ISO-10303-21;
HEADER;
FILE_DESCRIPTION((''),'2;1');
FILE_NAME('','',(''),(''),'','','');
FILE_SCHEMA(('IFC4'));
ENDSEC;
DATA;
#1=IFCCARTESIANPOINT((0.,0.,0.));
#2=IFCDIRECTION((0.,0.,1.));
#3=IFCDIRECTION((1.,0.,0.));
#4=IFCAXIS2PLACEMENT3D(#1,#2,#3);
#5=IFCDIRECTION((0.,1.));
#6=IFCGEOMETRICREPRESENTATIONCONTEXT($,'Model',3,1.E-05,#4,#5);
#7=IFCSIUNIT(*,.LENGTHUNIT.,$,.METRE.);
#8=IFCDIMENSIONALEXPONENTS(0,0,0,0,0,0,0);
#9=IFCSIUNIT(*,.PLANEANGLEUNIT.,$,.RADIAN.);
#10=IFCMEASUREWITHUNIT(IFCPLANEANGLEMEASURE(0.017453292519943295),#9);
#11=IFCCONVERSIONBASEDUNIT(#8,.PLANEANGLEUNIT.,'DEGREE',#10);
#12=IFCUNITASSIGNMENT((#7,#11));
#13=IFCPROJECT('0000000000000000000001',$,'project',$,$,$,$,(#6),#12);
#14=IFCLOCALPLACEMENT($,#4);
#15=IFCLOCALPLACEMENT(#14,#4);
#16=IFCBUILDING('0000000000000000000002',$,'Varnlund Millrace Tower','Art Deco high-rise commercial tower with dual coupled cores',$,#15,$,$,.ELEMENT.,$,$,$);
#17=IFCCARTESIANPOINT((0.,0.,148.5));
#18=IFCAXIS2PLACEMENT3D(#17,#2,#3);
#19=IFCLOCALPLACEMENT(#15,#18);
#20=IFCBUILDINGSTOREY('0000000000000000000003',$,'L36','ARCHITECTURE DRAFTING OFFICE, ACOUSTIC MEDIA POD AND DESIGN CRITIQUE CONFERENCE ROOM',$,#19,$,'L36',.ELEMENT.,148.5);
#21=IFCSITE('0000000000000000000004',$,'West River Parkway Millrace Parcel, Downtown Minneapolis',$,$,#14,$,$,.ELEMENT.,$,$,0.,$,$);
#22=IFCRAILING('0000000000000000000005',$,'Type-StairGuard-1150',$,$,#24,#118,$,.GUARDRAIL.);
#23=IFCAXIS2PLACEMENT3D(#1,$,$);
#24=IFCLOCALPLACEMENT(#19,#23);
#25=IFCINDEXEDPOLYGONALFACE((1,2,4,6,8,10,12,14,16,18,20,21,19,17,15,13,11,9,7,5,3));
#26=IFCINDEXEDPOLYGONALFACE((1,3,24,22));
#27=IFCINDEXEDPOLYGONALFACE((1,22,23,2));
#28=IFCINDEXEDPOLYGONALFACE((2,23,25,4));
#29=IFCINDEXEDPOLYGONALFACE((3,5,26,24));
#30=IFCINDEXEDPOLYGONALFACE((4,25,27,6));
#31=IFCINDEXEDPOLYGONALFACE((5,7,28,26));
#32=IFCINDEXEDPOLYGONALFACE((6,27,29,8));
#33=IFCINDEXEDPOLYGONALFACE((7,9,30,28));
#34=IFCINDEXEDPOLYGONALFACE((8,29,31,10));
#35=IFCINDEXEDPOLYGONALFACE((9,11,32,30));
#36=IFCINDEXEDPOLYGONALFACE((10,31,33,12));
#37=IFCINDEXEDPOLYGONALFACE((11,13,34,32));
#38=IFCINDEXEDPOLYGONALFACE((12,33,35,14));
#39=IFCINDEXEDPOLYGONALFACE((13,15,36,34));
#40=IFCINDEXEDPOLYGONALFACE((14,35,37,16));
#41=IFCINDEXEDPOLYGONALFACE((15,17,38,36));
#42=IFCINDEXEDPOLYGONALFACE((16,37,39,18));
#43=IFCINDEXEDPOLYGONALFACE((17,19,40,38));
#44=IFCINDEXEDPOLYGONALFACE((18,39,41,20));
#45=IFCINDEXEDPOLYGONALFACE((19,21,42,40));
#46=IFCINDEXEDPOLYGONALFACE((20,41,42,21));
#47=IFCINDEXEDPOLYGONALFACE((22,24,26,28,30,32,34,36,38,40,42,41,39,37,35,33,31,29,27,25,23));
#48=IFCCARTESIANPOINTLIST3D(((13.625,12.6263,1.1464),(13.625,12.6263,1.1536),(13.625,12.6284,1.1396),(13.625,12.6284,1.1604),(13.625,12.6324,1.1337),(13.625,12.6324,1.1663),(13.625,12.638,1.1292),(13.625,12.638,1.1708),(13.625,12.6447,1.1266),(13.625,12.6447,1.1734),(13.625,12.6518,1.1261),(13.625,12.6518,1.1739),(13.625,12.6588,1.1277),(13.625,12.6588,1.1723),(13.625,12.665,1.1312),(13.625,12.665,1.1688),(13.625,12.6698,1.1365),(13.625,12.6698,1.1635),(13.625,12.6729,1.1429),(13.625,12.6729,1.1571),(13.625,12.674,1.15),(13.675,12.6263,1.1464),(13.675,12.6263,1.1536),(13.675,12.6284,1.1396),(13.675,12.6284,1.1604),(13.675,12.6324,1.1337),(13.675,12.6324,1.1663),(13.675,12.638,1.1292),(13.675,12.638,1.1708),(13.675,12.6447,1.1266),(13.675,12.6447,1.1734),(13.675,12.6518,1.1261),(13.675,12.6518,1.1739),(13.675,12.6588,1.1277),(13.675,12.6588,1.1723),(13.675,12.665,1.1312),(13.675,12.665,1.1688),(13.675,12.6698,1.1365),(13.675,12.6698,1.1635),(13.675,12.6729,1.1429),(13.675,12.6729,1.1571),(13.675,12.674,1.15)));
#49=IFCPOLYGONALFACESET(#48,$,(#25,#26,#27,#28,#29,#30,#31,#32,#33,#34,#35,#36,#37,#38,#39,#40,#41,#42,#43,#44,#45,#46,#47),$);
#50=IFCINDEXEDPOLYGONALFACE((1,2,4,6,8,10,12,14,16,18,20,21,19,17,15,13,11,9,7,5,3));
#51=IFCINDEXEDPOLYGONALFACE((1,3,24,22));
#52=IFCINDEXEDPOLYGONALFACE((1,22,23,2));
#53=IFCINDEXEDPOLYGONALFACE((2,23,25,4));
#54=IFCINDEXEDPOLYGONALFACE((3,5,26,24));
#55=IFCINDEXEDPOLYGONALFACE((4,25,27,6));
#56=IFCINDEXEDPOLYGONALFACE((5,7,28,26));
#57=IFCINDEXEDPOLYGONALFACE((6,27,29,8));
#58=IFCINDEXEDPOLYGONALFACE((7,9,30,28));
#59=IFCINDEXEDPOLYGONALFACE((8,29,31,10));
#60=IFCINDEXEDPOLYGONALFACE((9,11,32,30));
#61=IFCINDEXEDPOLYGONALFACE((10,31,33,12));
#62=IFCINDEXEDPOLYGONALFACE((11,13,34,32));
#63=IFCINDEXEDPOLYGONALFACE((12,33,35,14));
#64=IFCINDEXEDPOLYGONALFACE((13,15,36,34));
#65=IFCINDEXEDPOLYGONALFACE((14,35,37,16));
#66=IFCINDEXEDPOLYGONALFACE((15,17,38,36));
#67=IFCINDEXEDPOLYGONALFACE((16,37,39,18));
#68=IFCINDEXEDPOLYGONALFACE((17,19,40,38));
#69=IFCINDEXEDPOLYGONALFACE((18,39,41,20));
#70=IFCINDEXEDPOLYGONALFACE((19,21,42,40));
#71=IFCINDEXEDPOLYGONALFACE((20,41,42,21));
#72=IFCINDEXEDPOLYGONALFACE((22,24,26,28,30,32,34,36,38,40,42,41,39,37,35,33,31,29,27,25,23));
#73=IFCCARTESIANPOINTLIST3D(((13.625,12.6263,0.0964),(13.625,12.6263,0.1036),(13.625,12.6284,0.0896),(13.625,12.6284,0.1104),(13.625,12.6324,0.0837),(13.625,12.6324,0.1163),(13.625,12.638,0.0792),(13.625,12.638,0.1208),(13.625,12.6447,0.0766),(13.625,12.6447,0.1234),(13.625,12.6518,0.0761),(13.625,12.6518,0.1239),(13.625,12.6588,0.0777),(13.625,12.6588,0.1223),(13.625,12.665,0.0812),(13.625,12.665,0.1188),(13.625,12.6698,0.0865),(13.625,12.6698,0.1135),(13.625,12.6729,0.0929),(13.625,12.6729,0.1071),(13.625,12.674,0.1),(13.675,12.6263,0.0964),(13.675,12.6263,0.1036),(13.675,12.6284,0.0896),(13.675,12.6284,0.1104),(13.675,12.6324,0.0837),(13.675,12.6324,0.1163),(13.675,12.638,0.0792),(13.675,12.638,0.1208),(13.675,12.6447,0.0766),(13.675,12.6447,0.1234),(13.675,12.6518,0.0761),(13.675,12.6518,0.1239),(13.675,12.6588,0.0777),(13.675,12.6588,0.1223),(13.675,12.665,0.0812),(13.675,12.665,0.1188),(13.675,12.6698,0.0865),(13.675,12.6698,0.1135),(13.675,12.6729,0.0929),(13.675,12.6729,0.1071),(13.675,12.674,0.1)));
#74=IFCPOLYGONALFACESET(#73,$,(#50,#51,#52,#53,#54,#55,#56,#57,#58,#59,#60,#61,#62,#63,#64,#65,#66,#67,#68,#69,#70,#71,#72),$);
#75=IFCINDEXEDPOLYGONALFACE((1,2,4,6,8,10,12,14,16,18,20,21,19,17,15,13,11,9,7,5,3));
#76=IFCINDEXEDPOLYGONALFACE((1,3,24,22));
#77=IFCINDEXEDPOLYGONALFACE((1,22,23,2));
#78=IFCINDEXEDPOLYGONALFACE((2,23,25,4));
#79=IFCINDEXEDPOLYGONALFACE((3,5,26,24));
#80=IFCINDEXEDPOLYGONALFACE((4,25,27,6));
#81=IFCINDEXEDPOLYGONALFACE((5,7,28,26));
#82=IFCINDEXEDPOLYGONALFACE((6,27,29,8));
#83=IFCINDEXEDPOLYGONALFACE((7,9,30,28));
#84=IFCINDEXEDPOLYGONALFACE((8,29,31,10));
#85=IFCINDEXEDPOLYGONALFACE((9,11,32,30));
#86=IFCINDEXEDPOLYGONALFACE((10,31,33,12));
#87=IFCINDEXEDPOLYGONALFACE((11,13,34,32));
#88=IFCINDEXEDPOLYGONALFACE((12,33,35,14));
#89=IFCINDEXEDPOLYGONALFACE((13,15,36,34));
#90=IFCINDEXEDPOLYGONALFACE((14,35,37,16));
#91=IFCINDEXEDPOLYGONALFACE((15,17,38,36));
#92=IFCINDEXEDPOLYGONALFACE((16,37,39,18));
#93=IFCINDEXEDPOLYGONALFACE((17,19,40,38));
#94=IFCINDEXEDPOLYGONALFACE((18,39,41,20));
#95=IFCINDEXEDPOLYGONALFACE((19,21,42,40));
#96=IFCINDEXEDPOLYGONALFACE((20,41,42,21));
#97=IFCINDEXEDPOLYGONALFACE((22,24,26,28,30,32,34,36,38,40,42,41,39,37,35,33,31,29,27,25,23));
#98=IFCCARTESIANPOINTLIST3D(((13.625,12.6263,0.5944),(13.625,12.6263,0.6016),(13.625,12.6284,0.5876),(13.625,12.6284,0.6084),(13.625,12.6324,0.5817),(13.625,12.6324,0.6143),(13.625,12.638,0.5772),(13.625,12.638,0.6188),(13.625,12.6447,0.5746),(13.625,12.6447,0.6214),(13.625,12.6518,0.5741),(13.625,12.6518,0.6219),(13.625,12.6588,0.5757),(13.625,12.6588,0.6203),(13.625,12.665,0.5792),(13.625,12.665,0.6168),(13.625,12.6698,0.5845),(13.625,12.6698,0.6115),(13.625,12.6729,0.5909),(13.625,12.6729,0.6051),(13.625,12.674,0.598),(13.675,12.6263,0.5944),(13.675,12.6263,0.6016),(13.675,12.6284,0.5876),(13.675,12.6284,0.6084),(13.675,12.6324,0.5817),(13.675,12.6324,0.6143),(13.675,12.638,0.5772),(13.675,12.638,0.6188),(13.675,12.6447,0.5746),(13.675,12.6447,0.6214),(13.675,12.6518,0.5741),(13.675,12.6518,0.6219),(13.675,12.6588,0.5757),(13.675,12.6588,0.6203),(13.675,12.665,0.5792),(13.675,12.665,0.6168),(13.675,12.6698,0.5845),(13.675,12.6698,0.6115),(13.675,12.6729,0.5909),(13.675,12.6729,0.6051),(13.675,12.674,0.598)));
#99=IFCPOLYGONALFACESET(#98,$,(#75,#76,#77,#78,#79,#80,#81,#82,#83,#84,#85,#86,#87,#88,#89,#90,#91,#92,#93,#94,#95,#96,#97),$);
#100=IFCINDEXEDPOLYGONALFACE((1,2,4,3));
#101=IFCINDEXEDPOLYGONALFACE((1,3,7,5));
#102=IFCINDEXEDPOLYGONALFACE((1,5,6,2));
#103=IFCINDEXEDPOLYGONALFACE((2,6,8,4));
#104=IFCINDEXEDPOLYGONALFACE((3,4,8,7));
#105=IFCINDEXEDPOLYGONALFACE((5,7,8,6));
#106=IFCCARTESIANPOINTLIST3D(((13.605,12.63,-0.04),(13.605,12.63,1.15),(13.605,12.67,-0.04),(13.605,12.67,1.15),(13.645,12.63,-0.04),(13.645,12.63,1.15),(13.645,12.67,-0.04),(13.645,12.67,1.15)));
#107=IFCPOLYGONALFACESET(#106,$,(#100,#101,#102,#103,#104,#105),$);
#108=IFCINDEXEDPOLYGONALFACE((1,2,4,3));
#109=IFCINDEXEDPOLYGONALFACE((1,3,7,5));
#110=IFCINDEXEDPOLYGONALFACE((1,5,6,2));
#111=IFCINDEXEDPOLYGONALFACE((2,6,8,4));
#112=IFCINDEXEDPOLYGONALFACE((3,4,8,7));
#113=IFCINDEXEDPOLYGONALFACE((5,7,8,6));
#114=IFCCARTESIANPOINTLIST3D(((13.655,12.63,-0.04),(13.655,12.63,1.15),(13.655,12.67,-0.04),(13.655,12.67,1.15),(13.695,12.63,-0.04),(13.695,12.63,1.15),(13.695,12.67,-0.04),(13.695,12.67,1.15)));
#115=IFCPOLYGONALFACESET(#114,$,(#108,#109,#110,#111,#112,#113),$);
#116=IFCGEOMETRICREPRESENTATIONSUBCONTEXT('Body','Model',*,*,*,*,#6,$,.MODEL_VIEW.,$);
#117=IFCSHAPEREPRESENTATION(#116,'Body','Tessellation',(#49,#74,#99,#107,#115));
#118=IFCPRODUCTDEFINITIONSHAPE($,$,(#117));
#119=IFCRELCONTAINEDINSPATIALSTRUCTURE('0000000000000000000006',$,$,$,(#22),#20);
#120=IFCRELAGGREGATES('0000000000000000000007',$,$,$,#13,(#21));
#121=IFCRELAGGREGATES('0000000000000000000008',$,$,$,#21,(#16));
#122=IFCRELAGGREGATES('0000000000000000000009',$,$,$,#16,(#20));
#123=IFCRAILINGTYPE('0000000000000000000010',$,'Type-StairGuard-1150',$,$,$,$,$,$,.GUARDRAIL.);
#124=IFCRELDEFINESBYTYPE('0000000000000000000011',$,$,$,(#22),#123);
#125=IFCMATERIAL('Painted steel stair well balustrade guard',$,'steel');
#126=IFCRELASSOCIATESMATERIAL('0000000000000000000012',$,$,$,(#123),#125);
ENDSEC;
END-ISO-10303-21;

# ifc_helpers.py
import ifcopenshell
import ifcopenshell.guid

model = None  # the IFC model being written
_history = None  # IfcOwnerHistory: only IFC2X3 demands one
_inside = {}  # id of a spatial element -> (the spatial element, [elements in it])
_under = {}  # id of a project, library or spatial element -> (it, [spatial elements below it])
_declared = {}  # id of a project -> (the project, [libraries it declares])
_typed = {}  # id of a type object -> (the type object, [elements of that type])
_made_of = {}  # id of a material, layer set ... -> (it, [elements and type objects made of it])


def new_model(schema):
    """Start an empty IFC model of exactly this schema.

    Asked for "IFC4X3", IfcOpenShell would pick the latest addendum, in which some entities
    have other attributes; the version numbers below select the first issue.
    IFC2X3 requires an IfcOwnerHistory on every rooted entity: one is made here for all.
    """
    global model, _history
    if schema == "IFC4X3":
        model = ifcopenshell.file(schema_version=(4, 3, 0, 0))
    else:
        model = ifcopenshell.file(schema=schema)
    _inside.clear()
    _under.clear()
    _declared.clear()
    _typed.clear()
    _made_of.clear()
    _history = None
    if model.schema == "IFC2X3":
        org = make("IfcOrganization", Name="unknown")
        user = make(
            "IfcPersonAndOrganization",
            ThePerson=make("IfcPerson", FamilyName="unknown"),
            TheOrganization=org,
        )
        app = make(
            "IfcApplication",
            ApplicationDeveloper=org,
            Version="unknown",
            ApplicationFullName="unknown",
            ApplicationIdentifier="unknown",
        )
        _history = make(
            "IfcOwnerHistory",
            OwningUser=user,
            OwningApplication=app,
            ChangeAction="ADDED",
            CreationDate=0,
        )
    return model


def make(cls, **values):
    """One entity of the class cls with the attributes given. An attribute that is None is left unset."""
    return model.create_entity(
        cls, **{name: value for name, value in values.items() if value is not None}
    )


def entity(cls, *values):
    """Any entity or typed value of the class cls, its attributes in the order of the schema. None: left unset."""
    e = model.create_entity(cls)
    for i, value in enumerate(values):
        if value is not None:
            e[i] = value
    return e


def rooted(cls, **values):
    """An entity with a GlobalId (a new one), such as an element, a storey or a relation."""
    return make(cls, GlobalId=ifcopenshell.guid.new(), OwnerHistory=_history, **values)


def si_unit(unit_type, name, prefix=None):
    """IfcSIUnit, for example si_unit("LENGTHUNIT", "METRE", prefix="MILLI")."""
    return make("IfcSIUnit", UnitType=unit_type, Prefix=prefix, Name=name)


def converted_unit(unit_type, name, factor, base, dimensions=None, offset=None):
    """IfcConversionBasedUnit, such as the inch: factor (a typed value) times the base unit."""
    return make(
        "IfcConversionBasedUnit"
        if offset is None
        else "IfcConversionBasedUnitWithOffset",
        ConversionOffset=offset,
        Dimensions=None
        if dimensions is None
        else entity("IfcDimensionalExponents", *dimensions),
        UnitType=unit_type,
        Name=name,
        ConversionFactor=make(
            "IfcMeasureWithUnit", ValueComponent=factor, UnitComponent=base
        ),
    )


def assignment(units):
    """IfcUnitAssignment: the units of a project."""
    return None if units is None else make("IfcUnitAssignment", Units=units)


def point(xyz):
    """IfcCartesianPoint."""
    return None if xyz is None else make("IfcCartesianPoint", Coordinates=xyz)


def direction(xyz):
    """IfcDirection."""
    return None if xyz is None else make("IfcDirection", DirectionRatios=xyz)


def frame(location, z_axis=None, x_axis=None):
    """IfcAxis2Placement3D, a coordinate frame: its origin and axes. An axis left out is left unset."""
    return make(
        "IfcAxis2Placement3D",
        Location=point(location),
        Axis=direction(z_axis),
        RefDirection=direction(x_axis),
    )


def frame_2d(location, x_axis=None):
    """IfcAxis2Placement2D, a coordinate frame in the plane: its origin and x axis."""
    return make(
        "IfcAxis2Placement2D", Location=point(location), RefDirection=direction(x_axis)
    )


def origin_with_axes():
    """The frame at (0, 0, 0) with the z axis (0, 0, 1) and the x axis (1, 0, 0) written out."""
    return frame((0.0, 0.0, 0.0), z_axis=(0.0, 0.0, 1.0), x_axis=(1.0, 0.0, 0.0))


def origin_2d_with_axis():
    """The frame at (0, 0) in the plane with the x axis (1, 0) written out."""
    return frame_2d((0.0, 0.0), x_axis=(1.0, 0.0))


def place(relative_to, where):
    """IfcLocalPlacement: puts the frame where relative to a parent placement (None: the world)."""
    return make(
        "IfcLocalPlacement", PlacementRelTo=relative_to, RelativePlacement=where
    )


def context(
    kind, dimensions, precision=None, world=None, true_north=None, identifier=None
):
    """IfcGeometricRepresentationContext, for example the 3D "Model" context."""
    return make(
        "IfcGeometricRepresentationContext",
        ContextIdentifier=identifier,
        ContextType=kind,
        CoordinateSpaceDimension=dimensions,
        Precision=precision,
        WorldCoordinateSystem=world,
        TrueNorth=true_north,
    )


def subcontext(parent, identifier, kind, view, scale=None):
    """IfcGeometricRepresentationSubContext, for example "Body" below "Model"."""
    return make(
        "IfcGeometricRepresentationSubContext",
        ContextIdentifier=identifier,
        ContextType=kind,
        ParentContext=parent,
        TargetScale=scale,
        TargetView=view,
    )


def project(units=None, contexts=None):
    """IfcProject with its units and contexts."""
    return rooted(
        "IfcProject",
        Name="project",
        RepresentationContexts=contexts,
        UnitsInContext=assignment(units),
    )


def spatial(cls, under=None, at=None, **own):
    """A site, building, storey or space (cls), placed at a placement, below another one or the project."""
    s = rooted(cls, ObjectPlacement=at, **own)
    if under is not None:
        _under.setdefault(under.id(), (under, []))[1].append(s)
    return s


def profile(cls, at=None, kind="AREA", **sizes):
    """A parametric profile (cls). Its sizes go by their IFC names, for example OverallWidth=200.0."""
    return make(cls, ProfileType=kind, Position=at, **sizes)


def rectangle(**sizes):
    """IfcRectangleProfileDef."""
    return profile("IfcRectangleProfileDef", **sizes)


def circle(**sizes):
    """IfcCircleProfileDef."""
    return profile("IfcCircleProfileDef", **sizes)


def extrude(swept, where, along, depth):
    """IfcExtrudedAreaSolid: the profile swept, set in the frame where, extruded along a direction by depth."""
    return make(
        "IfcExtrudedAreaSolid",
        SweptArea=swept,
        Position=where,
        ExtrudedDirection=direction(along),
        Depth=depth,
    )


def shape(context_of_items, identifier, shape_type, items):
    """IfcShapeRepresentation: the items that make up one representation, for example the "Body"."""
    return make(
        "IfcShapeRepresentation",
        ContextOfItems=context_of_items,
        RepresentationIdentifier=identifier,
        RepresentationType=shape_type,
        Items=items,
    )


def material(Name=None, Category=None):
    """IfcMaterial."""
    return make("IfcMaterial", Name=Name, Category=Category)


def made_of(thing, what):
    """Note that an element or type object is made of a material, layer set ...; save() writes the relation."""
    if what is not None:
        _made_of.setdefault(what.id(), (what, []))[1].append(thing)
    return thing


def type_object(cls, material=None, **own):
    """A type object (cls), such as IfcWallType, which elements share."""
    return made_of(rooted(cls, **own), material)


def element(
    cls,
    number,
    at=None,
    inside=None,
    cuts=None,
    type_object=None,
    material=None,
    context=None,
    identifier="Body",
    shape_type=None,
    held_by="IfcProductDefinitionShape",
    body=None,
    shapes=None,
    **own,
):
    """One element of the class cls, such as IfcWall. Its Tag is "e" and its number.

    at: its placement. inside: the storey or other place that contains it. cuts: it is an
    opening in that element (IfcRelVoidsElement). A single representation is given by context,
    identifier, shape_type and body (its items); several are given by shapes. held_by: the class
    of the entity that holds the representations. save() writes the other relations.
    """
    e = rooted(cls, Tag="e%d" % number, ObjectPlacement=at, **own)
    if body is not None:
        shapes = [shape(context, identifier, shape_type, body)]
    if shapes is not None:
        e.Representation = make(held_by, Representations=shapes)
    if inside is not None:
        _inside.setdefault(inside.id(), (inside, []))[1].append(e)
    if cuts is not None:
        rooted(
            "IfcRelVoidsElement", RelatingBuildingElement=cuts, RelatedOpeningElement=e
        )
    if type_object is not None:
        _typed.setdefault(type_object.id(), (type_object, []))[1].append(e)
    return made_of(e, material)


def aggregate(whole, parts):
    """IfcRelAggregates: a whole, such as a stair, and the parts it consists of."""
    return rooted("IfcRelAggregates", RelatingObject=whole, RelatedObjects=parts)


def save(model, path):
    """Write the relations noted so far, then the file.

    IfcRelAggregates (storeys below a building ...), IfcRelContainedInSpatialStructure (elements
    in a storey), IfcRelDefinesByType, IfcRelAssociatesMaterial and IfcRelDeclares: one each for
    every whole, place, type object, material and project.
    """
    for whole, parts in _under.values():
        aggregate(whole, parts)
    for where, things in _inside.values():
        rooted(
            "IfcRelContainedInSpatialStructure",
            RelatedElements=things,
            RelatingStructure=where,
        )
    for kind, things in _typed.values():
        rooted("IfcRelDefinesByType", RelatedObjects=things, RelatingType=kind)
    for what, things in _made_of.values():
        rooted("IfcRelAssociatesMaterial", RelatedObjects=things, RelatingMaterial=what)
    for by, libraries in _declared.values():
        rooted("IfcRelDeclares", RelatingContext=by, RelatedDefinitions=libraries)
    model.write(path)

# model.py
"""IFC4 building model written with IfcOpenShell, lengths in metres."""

from ifc_helpers import new_model, entity, si_unit, converted_unit, direction, frame, origin_with_axes, origin_2d_with_axis, place, context, subcontext, project, spatial, rectangle, circle, extrude, material, type_object, element, save


model = new_model("IFC4")

# Units and contexts
model_context = context("Model", 3, precision=1e-05, world=origin_with_axes(), true_north=direction((0.0, 1.0)))
body_context = subcontext(model_context, "Body", "Model", "MODEL_VIEW")
ifc_project = project(units=[si_unit("LENGTHUNIT", "METRE"), converted_unit("PLANEANGLEUNIT", "DEGREE", entity("IfcPlaneAngleMeasure", 0.017453292519943295), si_unit("PLANEANGLEUNIT", "RADIAN"), dimensions=[0, 0, 0, 0, 0, 0, 0])], contexts=[model_context])

# Site, building, storey
site_placement = place(None, origin_with_axes())
site = spatial("IfcSite", under=ifc_project, at=site_placement, Name="West River Parkway Millrace Parcel, Downtown Minneapolis", CompositionType="ELEMENT", RefElevation=0.0)
building_placement = place(site_placement, origin_with_axes())
building = spatial("IfcBuilding", under=site, at=building_placement, Name="Varnlund Millrace Tower", Description="Art Deco high-rise commercial tower with dual coupled cores", CompositionType="ELEMENT")
storey_placement = place(building_placement, frame((0.0, 0.0, 148.5), z_axis=(0.0, 0.0, 1.0), x_axis=(1.0, 0.0, 0.0)))
storey = spatial("IfcBuildingStorey", under=building, at=storey_placement, Name="L36", Description="ARCHITECTURE DRAFTING OFFICE, ACOUSTIC MEDIA POD AND DESIGN CRITIQUE CONFERENCE ROOM", LongName="L36", CompositionType="ELEMENT", Elevation=148.5)

# Railing
ifc_material_1 = material(Name="Painted steel stair well balustrade guard", Category="steel")
railing_type_1 = type_object("IfcRailingType", Name="Type-StairGuard-1150", PredefinedType="GUARDRAIL", material=ifc_material_1)
railing_1_placement = place(storey_placement, frame((0.0, 0.0, -148.5), z_axis=(0.0, 0.0, 1.0), x_axis=(1.0, 0.0, 0.0)))
element("IfcRailing", 1, at=railing_1_placement, inside=storey, type_object=railing_type_1, Name="Type-StairGuard-1150", PredefinedType="GUARDRAIL", context=body_context, shape_type="SweptSolid", body=[
    extrude(circle(Radius=0.024, at=origin_2d_with_axis()), frame((13.625, 12.65, 149.65), z_axis=(1.0, 0.0, 0.0), x_axis=(0.0, 1.0, 0.0)), (0.0, 0.0, 1.0), 0.05),
    extrude(circle(Radius=0.024, at=origin_2d_with_axis()), frame((13.625, 12.65, 148.6), z_axis=(1.0, 0.0, 0.0), x_axis=(0.0, 1.0, 0.0)), (0.0, 0.0, 1.0), 0.05),
    extrude(circle(Radius=0.024, at=origin_2d_with_axis()), frame((13.625, 12.65, 149.098), z_axis=(1.0, 0.0, 0.0), x_axis=(0.0, 1.0, 0.0)), (0.0, 0.0, 1.0), 0.05),
    extrude(rectangle(XDim=0.04, YDim=0.04, at=origin_2d_with_axis()), frame((13.625, 12.65, 148.46), z_axis=(0.0, 0.0, 1.0), x_axis=(1.0, 0.0, 0.0)), (0.0, 0.0, 1.0), 1.19),
    extrude(rectangle(XDim=0.04, YDim=0.04, at=origin_2d_with_axis()), frame((13.675, 12.65, 148.46), z_axis=(0.0, 0.0, 1.0), x_axis=(1.0, 0.0, 0.0)), (0.0, 0.0, 1.0), 1.19),
])

save(model, "model.ifc")
